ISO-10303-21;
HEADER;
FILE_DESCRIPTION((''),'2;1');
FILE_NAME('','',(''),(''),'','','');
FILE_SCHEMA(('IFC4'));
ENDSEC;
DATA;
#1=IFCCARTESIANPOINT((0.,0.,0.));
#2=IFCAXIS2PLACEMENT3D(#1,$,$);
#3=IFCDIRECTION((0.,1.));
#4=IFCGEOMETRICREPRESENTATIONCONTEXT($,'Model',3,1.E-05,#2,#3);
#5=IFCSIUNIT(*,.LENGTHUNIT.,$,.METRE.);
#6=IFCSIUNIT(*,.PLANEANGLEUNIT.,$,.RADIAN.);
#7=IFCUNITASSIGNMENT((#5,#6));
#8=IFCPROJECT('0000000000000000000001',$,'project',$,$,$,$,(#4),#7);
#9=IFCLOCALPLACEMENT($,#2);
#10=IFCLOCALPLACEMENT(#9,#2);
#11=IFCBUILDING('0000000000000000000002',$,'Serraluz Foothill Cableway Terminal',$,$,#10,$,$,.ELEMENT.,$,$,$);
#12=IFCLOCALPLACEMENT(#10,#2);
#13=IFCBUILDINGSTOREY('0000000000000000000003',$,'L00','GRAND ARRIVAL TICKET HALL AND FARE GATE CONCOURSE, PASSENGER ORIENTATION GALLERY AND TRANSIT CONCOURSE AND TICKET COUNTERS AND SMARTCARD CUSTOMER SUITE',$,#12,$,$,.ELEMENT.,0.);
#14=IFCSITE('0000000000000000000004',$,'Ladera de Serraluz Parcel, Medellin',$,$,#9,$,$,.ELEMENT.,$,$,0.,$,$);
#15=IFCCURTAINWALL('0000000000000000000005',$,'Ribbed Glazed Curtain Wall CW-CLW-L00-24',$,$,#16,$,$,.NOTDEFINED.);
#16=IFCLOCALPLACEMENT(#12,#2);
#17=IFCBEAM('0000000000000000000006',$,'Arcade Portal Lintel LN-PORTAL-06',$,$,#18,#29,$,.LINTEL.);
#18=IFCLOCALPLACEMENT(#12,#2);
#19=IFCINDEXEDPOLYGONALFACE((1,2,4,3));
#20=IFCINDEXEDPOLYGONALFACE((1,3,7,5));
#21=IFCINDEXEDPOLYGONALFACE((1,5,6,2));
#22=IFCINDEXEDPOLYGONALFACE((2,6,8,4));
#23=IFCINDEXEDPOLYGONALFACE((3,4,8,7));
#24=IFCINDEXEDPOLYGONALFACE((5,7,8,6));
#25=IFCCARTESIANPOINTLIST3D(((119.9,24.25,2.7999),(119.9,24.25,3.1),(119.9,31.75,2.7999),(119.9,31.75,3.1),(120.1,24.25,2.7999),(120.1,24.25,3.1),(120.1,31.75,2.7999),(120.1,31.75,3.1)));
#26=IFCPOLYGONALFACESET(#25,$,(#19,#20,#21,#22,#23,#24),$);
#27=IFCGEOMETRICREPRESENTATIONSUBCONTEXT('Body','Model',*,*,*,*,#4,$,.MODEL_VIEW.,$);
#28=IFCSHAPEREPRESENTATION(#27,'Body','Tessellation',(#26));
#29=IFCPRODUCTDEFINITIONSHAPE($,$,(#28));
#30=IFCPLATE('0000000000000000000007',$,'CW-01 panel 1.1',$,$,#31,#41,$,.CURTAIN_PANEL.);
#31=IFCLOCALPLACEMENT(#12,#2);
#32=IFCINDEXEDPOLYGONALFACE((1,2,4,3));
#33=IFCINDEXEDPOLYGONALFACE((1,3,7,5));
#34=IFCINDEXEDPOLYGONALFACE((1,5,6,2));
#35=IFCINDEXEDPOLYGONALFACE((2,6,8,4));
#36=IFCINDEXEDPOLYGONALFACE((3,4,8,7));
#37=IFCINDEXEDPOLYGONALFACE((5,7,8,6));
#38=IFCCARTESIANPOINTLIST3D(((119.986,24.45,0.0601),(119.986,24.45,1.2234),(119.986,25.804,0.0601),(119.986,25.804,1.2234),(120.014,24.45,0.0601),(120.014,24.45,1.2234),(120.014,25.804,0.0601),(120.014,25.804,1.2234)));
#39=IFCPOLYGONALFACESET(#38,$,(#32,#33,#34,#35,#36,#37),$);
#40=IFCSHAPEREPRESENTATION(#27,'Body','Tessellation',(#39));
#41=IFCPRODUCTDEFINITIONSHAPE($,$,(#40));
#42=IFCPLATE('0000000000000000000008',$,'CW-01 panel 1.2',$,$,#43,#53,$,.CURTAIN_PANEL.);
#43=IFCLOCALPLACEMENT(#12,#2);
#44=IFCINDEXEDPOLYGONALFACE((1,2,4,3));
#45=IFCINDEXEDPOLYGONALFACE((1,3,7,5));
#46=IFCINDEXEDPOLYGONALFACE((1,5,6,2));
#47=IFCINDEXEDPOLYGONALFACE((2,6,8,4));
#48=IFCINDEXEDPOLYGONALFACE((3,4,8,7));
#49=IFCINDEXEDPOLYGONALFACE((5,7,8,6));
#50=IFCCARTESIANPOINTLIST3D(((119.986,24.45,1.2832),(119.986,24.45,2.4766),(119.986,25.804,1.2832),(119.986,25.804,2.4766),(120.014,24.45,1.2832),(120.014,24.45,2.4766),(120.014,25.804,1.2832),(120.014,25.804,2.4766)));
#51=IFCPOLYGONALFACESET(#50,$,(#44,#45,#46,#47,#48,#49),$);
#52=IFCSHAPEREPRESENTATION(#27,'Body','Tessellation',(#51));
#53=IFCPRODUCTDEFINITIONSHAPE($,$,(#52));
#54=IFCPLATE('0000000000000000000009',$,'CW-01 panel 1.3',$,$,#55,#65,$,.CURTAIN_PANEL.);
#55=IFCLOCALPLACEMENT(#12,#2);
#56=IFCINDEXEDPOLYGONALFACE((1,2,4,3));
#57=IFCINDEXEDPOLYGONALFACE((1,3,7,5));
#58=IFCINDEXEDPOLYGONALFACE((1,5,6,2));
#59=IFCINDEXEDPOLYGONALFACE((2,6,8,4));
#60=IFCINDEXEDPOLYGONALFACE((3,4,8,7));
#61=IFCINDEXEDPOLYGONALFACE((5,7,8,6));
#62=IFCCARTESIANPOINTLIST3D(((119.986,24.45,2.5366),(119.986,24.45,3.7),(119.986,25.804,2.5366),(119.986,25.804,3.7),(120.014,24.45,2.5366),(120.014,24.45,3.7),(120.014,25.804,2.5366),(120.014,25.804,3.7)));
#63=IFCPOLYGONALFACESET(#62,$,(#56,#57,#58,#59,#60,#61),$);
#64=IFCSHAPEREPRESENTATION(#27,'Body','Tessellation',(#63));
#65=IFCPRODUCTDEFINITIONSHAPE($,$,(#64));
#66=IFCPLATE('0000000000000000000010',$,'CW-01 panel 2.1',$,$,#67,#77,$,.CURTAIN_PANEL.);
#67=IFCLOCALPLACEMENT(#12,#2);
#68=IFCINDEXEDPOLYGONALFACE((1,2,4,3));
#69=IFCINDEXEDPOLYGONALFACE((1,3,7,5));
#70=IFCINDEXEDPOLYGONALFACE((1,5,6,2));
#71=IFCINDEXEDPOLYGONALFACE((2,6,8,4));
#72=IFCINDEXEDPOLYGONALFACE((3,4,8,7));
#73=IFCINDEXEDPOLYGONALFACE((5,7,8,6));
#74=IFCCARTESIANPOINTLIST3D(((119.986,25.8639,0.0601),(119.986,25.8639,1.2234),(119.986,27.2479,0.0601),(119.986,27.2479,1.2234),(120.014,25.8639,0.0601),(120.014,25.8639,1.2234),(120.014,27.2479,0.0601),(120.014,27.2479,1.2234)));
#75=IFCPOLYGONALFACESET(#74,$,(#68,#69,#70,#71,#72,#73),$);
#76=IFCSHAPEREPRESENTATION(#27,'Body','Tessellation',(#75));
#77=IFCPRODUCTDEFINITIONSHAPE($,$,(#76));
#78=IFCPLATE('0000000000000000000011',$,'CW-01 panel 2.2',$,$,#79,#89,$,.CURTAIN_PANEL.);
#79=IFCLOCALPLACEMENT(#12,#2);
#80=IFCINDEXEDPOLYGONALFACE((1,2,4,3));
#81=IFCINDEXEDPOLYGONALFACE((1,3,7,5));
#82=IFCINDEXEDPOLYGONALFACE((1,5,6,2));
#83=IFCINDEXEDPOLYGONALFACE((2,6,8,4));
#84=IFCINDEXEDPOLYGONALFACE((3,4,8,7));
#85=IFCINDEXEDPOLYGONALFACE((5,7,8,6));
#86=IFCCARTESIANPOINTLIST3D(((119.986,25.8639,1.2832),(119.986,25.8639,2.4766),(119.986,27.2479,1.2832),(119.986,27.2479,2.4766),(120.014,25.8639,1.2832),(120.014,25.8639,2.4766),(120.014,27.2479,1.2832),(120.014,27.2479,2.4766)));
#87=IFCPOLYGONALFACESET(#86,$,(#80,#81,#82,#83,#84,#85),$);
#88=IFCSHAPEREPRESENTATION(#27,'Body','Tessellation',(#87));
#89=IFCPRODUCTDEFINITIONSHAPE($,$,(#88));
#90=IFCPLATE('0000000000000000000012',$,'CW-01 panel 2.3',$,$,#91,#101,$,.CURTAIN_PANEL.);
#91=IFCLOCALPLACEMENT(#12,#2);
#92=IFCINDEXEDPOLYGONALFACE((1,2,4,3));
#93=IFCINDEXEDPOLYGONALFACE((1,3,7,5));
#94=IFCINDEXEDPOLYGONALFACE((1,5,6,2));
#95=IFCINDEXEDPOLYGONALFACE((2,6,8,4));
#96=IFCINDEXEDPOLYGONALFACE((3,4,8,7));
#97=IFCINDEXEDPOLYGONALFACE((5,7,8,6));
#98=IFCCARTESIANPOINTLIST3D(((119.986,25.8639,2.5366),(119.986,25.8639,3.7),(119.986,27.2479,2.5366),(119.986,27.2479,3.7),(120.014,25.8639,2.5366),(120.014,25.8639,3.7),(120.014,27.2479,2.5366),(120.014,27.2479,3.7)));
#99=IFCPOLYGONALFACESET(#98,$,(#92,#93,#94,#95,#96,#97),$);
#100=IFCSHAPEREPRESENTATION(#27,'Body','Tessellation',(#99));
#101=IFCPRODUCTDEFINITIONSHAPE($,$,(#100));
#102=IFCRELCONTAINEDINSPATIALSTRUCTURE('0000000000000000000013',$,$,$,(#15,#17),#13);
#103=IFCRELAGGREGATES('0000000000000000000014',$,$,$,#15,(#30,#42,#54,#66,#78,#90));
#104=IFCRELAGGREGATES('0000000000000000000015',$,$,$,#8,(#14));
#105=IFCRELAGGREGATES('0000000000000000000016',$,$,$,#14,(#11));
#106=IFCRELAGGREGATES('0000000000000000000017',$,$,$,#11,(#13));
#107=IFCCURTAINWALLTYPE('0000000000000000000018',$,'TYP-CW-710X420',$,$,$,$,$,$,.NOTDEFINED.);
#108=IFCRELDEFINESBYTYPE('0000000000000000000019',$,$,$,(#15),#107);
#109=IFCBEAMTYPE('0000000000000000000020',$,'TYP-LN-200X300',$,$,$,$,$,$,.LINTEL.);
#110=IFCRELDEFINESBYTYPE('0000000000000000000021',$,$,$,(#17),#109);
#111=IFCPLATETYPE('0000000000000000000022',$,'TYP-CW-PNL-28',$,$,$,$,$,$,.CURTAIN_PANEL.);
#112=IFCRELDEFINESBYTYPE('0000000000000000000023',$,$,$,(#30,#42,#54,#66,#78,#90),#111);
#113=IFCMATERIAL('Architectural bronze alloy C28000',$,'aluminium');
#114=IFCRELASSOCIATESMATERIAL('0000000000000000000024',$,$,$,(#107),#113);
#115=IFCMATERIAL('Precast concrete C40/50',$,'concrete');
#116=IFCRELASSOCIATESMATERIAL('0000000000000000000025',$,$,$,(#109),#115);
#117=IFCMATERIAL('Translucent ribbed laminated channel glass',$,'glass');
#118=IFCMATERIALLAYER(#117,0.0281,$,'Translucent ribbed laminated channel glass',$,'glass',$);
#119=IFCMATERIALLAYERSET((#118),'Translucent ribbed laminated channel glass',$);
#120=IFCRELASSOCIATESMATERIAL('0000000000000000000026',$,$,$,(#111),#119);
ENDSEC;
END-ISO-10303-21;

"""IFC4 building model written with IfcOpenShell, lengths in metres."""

from ifc_helpers import new_model, si_unit, direction, frame, origin, origin_2d, place, context, subcontext, project, spatial, rectangle, extrude, material, layer, layer_set, material_profile, profile_set, type_object, element, aggregate, save


model = new_model("IFC4")

# Units and contexts
model_context = context("Model", 3, precision=1e-05, world=origin(), true_north=direction((0.0, 1.0)))
body_context = subcontext(model_context, "Body", "Model", "MODEL_VIEW")
ifc_project = project(units=[si_unit("LENGTHUNIT", "METRE"), si_unit("PLANEANGLEUNIT", "RADIAN")], contexts=[model_context])

# Site, building, storey
site_placement = place(None, origin())
site = spatial("IfcSite", under=ifc_project, at=site_placement, Name="Ladera de Serraluz Parcel, Medellin", CompositionType="ELEMENT", RefElevation=0.0)
building_placement = place(site_placement, origin())
building = spatial("IfcBuilding", under=site, at=building_placement, Name="Serraluz Foothill Cableway Terminal", CompositionType="ELEMENT")
storey_placement = place(building_placement, origin())
storey = spatial("IfcBuildingStorey", under=building, at=storey_placement, Name="L00", Description="GRAND ARRIVAL TICKET HALL AND FARE GATE CONCOURSE, PASSENGER ORIENTATION GALLERY AND TRANSIT CONCOURSE AND TICKET COUNTERS AND SMARTCARD CUSTOMER SUITE", CompositionType="ELEMENT", Elevation=0.0)

# Curtain wall
ifc_material_1 = material(Name="Architectural bronze alloy C28000", Category="aluminium")
curtain_wall_type = type_object("IfcCurtainWallType", Name="TYP-CW-710X420", PredefinedType="NOTDEFINED", material=ifc_material_1)
curtain_wall_placement = place(storey_placement, origin())
curtain_wall = element("IfcCurtainWall", 1, at=curtain_wall_placement, inside=storey, type_object=curtain_wall_type, Name="Ribbed Glazed Curtain Wall CW-CLW-L00-24", PredefinedType="NOTDEFINED")

# Beam
ifc_material_2 = material(Name="Precast concrete C40/50", Category="concrete")
ifc_material_profile_1 = material_profile(ifc_material_2, rectangle(XDim=0.2, YDim=0.3, at=origin_2d()), Name="RC LN 200x300")
ifc_profile_set_1 = profile_set([ifc_material_profile_1], Name="Precast concrete C40/50")
beam_type = type_object("IfcBeamType", Name="TYP-LN-200X300", PredefinedType="LINTEL", material=ifc_profile_set_1)
beam_placement = place(storey_placement, frame((120.0, 24.25, 2.95), z_axis=(0.0, 1.0, 0.0), x_axis=(-1.0, 0.0, 0.0)))
element("IfcBeam", 2, at=beam_placement, inside=storey, type_object=beam_type, Name="Arcade Portal Lintel LN-PORTAL-06", PredefinedType="LINTEL", context=body_context, shape_type="SweptSolid", body=[
    extrude(rectangle(XDim=0.2, YDim=0.3, at=origin_2d()), origin(), (0.0, 0.0, 1.0), 7.5),
])

# Plates
ifc_material_3 = material(Name="Translucent ribbed laminated channel glass", Category="glass")
ifc_layer = layer(ifc_material_3, 0.0281, Name="Translucent ribbed laminated channel glass", Category="glass")
ifc_layer_set = layer_set([ifc_layer], Name="Translucent ribbed laminated channel glass")
plate_type = type_object("IfcPlateType", Name="TYP-CW-PNL-28", PredefinedType="CURTAIN_PANEL", material=ifc_layer_set)
plate_1_placement = place(storey_placement, frame((120.0, 25.127, 0.0601), z_axis=(0.0, 0.0, 1.0), x_axis=(0.0, 1.0, 0.0)))
plate_1 = element("IfcPlate", 3, at=plate_1_placement, type_object=plate_type, Name="CW-01 panel 1.1", PredefinedType="CURTAIN_PANEL", context=body_context, shape_type="SweptSolid", body=[
    extrude(rectangle(XDim=1.354, YDim=0.0281, at=origin_2d()), origin(), (0.0, 0.0, 1.0), 1.1633),
])
plate_2_placement = place(storey_placement, frame((120.0, 25.127, 1.2832), z_axis=(0.0, 0.0, 1.0), x_axis=(0.0, 1.0, 0.0)))
plate_2 = element("IfcPlate", 4, at=plate_2_placement, type_object=plate_type, Name="CW-01 panel 1.2", PredefinedType="CURTAIN_PANEL", context=body_context, shape_type="SweptSolid", body=[
    extrude(rectangle(XDim=1.354, YDim=0.0281, at=origin_2d()), origin(), (0.0, 0.0, 1.0), 1.1934),
])
plate_3_placement = place(storey_placement, frame((120.0, 25.127, 2.5366), z_axis=(0.0, 0.0, 1.0), x_axis=(0.0, 1.0, 0.0)))
plate_3 = element("IfcPlate", 5, at=plate_3_placement, type_object=plate_type, Name="CW-01 panel 1.3", PredefinedType="CURTAIN_PANEL", context=body_context, shape_type="SweptSolid", body=[
    extrude(rectangle(XDim=1.354, YDim=0.0281, at=origin_2d()), origin(), (0.0, 0.0, 1.0), 1.1633),
])
plate_4_placement = place(storey_placement, frame((120.0, 26.5559, 0.0601), z_axis=(0.0, 0.0, 1.0), x_axis=(0.0, 1.0, 0.0)))
plate_4 = element("IfcPlate", 6, at=plate_4_placement, type_object=plate_type, Name="CW-01 panel 2.1", PredefinedType="CURTAIN_PANEL", context=body_context, shape_type="SweptSolid", body=[
    extrude(rectangle(XDim=1.384, YDim=0.0281, at=origin_2d()), origin(), (0.0, 0.0, 1.0), 1.1633),
])
plate_5_placement = place(storey_placement, frame((120.0, 26.5559, 1.2832), z_axis=(0.0, 0.0, 1.0), x_axis=(0.0, 1.0, 0.0)))
plate_5 = element("IfcPlate", 7, at=plate_5_placement, type_object=plate_type, Name="CW-01 panel 2.2", PredefinedType="CURTAIN_PANEL", context=body_context, shape_type="SweptSolid", body=[
    extrude(rectangle(XDim=1.384, YDim=0.0281, at=origin_2d()), origin(), (0.0, 0.0, 1.0), 1.1934),
])
plate_6_placement = place(storey_placement, frame((120.0, 26.5559, 2.5366), z_axis=(0.0, 0.0, 1.0), x_axis=(0.0, 1.0, 0.0)))
plate_6 = element("IfcPlate", 8, at=plate_6_placement, type_object=plate_type, Name="CW-01 panel 2.3", PredefinedType="CURTAIN_PANEL", context=body_context, shape_type="SweptSolid", body=[
    extrude(rectangle(XDim=1.384, YDim=0.0281, at=origin_2d()), origin(), (0.0, 0.0, 1.0), 1.1633),
])
aggregate(curtain_wall, [plate_1, plate_2, plate_3, plate_4, plate_5, plate_6])

save(model, "model.ifc")
